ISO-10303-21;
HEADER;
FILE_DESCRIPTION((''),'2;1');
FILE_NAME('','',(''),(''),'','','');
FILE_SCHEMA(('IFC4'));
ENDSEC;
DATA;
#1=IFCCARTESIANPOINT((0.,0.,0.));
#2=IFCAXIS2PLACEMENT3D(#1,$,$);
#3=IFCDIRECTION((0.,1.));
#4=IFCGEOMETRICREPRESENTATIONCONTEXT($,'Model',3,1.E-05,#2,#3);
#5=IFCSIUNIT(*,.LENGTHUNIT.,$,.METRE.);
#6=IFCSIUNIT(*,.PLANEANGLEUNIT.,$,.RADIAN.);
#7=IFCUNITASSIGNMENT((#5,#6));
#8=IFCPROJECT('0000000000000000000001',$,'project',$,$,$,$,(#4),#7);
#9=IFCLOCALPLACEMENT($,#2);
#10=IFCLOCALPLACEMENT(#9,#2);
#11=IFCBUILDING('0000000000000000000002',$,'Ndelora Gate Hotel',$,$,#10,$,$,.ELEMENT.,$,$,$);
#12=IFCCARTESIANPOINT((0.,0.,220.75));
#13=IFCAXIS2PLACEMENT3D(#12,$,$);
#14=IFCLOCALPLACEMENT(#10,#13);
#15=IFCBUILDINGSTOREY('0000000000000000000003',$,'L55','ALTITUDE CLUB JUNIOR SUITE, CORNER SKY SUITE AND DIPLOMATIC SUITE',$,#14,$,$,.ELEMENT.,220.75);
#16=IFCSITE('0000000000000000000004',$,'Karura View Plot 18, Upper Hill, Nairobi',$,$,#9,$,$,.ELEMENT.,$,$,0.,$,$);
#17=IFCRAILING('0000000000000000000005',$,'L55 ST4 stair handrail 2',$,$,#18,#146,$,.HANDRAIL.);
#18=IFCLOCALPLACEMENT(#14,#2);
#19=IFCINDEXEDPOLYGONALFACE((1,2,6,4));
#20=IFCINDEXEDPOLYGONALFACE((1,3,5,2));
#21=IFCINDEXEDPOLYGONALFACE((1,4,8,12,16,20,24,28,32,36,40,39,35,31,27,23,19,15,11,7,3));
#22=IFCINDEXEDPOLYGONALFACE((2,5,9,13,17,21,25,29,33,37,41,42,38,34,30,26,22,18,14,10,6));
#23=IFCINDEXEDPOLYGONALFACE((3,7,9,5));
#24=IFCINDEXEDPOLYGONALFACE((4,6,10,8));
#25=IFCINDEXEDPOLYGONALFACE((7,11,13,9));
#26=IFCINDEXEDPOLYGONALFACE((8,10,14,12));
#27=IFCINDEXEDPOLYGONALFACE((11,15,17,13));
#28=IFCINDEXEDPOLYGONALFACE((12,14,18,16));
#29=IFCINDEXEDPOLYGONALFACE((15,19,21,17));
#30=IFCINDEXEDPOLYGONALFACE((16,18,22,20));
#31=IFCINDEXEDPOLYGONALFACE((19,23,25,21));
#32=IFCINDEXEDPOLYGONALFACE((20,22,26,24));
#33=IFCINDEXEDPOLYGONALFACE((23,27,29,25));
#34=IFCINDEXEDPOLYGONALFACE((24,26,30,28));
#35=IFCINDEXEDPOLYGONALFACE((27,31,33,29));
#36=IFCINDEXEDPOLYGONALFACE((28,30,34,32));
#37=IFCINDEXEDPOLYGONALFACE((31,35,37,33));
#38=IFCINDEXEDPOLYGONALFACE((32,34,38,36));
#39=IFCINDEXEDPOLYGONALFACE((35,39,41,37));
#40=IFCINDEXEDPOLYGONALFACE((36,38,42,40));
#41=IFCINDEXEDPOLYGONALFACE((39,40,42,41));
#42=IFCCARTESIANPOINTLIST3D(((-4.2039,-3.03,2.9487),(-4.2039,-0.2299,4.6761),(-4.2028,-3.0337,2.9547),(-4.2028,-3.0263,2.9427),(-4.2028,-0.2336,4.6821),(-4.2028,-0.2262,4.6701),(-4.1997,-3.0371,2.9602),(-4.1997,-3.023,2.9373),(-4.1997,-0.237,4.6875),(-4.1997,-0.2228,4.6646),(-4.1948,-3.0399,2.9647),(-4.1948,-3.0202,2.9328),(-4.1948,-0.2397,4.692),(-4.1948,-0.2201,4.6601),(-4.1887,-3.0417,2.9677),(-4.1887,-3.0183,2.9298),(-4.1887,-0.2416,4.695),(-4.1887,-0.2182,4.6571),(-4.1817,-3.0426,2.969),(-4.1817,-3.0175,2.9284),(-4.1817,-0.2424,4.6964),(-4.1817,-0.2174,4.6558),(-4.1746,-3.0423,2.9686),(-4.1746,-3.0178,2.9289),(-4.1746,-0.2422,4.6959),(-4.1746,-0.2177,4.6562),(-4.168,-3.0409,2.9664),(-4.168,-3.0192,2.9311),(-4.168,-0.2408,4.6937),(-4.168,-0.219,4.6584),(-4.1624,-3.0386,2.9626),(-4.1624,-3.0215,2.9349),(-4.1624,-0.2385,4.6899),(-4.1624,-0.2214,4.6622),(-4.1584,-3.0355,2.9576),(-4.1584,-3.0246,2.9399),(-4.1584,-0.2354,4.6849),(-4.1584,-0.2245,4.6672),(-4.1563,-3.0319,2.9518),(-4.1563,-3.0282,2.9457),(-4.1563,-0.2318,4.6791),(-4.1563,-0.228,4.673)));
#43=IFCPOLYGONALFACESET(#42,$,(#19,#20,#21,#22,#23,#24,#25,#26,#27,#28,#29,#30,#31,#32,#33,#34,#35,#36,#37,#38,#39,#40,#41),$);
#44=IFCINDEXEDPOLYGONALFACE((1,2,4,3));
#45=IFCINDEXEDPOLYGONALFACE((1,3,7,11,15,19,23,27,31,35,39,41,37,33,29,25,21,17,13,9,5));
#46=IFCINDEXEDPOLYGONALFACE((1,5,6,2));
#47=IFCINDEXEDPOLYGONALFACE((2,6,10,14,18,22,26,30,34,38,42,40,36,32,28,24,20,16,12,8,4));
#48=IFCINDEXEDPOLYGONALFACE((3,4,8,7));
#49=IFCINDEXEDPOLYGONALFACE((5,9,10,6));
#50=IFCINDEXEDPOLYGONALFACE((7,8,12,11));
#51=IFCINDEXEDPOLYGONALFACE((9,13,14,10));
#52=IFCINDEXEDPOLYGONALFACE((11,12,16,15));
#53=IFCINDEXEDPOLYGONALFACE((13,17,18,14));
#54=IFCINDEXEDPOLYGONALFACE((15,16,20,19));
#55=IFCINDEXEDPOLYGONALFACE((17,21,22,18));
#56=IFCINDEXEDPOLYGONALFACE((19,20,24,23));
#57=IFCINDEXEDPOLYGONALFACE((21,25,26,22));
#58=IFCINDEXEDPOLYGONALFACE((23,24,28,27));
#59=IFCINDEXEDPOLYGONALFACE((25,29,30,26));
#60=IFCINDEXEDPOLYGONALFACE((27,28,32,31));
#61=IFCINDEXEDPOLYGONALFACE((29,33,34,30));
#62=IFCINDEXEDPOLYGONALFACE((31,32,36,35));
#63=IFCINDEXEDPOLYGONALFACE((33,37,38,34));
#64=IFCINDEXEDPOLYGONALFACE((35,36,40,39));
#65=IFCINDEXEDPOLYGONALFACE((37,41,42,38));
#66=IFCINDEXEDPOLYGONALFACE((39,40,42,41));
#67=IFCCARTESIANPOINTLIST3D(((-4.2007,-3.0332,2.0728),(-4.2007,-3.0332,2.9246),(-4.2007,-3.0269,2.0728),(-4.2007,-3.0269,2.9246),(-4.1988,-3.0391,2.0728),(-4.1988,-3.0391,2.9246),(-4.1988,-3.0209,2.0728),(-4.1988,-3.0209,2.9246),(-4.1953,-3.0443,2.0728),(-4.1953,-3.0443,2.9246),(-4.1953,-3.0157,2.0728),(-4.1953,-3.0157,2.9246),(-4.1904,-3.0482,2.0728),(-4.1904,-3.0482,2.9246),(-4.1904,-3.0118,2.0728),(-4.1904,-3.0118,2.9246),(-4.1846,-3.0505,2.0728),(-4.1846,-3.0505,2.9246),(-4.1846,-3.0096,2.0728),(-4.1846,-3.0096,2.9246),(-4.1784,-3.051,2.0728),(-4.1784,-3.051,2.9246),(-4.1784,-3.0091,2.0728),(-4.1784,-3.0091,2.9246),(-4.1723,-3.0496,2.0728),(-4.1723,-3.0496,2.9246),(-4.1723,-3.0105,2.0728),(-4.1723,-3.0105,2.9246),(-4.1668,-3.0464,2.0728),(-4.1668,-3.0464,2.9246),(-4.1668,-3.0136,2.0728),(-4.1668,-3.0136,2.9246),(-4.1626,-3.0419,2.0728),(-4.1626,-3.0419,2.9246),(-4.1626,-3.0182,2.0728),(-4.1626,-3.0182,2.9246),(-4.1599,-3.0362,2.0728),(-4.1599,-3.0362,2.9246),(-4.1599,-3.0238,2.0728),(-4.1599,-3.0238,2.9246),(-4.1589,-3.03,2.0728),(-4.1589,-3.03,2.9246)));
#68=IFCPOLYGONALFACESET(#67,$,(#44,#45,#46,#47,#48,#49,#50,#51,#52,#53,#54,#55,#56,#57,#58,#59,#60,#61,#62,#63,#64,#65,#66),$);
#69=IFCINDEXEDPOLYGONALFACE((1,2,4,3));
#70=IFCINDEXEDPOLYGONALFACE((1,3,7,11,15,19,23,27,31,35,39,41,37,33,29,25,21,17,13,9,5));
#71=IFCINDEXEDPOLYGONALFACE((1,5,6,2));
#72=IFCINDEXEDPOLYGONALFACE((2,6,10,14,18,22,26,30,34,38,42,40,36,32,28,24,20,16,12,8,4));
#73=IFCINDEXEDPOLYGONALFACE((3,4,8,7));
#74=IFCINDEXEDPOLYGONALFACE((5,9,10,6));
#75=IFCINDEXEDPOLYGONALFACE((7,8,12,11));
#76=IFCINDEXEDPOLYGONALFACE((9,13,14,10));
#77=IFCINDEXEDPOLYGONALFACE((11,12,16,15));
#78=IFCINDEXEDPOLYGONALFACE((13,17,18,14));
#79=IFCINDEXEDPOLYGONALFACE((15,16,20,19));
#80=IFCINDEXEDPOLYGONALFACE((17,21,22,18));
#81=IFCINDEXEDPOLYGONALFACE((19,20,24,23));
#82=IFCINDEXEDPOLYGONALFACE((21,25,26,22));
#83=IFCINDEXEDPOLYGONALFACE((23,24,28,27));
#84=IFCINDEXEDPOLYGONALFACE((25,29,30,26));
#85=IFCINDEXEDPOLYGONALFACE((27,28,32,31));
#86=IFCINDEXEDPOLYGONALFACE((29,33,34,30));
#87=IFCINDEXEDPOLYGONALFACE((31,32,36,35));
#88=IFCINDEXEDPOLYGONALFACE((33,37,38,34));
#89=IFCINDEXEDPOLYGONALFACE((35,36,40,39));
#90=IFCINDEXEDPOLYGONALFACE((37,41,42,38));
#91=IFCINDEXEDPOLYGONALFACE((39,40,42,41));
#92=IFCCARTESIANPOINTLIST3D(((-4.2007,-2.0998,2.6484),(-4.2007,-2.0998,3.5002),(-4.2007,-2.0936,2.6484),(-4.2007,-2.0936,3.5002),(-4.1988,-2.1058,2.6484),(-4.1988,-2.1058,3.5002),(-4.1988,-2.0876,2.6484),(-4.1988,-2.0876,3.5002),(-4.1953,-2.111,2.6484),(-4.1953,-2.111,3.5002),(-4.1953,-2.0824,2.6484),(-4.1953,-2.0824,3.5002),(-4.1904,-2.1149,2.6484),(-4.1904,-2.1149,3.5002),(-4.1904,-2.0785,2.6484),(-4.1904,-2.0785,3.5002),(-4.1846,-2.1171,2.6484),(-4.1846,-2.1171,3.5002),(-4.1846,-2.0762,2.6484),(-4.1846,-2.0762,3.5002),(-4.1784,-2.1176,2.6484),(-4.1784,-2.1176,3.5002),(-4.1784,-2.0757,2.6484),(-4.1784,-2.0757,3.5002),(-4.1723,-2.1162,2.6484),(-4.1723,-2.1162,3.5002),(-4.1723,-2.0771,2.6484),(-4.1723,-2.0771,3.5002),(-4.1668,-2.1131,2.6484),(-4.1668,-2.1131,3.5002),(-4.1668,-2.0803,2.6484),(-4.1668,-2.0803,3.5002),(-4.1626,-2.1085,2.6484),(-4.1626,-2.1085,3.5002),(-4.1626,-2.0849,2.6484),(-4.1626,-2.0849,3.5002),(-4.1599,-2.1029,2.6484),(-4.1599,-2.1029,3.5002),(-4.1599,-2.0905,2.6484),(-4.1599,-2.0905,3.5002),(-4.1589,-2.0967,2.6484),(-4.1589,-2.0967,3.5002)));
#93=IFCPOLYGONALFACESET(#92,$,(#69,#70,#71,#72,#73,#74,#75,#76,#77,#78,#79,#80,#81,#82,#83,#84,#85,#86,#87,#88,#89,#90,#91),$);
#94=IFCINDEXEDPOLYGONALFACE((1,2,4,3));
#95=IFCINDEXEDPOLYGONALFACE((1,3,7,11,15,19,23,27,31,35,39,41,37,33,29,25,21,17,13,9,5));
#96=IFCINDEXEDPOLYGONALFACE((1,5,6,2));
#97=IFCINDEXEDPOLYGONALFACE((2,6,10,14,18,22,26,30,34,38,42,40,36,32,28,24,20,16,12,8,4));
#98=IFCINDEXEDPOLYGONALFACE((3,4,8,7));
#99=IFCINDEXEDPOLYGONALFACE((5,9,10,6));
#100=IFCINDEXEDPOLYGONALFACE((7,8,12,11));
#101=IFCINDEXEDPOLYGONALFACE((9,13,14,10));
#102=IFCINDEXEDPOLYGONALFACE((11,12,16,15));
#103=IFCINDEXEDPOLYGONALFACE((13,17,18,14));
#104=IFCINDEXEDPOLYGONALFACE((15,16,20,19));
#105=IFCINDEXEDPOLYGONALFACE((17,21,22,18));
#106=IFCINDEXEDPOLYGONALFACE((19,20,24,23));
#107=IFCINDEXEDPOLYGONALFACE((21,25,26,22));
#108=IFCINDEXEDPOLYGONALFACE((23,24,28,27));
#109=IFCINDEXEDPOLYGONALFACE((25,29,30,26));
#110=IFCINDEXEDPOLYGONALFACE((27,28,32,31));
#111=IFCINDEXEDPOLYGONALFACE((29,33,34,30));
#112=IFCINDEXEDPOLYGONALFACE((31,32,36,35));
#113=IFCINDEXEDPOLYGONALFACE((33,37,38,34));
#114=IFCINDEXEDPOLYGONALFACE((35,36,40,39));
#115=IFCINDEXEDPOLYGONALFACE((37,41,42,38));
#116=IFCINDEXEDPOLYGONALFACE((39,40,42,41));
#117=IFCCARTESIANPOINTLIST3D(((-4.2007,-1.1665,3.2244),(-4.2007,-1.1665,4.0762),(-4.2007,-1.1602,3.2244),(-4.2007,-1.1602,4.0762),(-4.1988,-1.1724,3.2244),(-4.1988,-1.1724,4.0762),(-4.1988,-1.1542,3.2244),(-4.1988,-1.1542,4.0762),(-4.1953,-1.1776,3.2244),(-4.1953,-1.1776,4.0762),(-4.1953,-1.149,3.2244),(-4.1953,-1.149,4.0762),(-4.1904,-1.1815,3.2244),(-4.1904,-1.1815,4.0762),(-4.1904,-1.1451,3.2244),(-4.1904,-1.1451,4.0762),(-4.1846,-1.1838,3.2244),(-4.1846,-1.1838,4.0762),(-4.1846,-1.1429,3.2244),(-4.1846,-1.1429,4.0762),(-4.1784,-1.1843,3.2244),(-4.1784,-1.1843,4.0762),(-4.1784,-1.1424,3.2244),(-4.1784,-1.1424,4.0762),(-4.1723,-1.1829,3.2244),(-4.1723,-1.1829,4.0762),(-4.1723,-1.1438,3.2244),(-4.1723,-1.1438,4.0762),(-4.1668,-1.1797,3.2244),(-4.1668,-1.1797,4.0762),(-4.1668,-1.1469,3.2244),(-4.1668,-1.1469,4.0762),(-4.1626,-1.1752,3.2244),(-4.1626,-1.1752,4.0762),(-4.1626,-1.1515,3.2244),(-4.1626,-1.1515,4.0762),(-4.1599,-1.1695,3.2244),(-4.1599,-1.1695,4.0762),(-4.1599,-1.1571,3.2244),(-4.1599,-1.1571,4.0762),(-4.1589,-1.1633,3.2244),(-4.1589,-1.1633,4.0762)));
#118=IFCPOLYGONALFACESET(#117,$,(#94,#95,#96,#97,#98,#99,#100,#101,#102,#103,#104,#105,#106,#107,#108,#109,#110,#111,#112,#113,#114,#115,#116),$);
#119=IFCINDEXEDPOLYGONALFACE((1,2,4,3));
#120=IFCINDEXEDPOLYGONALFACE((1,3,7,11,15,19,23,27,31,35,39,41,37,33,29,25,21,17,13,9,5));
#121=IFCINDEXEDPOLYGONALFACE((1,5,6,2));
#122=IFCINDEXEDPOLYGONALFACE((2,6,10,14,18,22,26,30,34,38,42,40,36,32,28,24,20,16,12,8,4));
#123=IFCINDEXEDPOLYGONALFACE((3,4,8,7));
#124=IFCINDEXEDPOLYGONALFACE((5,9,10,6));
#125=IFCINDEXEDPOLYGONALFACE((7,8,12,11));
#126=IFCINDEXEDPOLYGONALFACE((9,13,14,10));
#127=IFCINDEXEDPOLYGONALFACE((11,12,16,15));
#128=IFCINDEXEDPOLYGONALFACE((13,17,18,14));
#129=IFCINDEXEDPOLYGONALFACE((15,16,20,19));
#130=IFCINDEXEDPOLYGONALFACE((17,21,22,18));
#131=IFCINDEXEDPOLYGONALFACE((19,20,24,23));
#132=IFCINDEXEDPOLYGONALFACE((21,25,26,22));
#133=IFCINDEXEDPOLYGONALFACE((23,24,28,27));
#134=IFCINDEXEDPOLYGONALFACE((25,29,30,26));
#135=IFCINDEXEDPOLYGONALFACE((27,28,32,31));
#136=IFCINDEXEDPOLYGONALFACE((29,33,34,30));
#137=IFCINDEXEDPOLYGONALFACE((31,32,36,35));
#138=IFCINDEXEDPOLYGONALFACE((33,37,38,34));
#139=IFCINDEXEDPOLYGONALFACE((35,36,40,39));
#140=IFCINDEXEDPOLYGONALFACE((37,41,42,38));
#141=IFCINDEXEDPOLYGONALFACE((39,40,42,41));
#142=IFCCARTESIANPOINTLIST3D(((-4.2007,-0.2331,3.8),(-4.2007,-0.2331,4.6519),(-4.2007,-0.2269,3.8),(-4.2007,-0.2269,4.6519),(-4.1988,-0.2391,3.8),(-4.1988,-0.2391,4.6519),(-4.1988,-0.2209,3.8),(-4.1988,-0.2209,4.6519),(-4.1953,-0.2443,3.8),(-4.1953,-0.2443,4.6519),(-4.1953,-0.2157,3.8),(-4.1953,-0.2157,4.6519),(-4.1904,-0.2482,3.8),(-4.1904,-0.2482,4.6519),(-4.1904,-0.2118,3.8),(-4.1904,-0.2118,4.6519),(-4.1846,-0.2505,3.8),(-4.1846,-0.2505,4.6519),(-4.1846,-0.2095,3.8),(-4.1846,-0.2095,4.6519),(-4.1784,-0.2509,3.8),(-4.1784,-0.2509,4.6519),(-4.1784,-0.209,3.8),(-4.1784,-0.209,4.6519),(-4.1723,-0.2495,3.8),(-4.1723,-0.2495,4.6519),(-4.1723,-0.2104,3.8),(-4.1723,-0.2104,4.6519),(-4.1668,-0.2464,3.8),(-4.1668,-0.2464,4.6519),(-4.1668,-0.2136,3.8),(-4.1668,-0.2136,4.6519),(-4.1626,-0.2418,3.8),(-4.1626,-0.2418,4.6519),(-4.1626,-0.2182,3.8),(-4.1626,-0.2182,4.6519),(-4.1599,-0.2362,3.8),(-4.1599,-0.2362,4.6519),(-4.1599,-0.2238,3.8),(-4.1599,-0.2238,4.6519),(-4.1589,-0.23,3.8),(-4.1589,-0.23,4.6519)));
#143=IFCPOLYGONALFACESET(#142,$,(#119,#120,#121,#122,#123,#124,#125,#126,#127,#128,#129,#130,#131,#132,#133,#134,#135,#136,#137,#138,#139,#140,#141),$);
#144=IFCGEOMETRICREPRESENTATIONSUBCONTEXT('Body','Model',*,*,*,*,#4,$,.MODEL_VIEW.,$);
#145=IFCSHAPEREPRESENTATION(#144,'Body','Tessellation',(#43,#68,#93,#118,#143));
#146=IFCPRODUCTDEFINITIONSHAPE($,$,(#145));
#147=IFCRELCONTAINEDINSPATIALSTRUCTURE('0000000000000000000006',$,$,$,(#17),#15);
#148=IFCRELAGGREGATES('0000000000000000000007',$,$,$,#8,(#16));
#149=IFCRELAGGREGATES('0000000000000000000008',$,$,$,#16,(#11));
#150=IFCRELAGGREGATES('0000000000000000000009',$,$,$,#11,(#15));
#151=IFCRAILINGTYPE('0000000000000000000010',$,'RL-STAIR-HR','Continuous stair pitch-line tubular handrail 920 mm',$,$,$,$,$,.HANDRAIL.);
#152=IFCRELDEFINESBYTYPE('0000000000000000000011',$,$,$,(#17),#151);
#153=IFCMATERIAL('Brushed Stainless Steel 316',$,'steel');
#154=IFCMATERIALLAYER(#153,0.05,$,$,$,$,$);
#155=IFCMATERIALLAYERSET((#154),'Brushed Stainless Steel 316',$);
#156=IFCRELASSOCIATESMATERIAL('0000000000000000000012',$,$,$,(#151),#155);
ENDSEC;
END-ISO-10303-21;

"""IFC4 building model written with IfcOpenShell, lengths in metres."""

from ifc_helpers import new_model, si_unit, direction, frame, origin, origin_2d, place, context, subcontext, project, spatial, circle, extrude, material, layer, layer_set, type_object, element, save


model = new_model("IFC4")

# Units and contexts
model_context = context("Model", 3, precision=1e-05, world=origin(), true_north=direction((0.0, 1.0)))
body_context = subcontext(model_context, "Body", "Model", "MODEL_VIEW")
ifc_project = project(units=[si_unit("LENGTHUNIT", "METRE"), si_unit("PLANEANGLEUNIT", "RADIAN")], contexts=[model_context])

# Site, building, storey
site_placement = place(None, origin())
site = spatial("IfcSite", under=ifc_project, at=site_placement, Name="Karura View Plot 18, Upper Hill, Nairobi", CompositionType="ELEMENT", RefElevation=0.0)
building_placement = place(site_placement, origin())
building = spatial("IfcBuilding", under=site, at=building_placement, Name="Ndelora Gate Hotel", CompositionType="ELEMENT")
storey_placement = place(building_placement, frame((0.0, 0.0, 220.75)))
storey = spatial("IfcBuildingStorey", under=building, at=storey_placement, Name="L55", Description="ALTITUDE CLUB JUNIOR SUITE, CORNER SKY SUITE AND DIPLOMATIC SUITE", CompositionType="ELEMENT", Elevation=220.75)

# Railing
ifc_material_1 = material(Name="Brushed Stainless Steel 316", Category="steel")
ifc_layer_1 = layer(ifc_material_1, 0.05)
ifc_layer_set_1 = layer_set([ifc_layer_1], Name="Brushed Stainless Steel 316")
railing_type_1 = type_object("IfcRailingType", Name="RL-STAIR-HR", Description="Continuous stair pitch-line tubular handrail 920 mm", PredefinedType="HANDRAIL", material=ifc_layer_set_1)
railing_1_placement = place(storey_placement, frame((-4.1799, -3.03, 2.0728)))
element("IfcRailing", 1, at=railing_1_placement, inside=storey, type_object=railing_type_1, Name="L55 ST4 stair handrail 2", PredefinedType="HANDRAIL", context=body_context, shape_type="SweptSolid", body=[
    extrude(circle(Radius=0.0239, at=origin_2d()), frame((0.0, 0.0, 0.876), z_axis=(0.0, 0.85109, 0.52502), x_axis=(-1.0, 0.0, 0.0)), (0.0, 0.0, 1.0), 3.29),
    extrude(circle(Radius=0.021, at=origin_2d()), origin(), (0.0, 0.0, 1.0), 0.8518),
    extrude(circle(Radius=0.021, at=origin_2d()), frame((0.0, 0.9333, 0.5757)), (0.0, 0.0, 1.0), 0.8518),
    extrude(circle(Radius=0.021, at=origin_2d()), frame((0.0, 1.8667, 1.1516)), (0.0, 0.0, 1.0), 0.8518),
    extrude(circle(Radius=0.021, at=origin_2d()), frame((0.0, 2.8, 1.7273)), (0.0, 0.0, 1.0), 0.8518),
])

save(model, "model.ifc")
